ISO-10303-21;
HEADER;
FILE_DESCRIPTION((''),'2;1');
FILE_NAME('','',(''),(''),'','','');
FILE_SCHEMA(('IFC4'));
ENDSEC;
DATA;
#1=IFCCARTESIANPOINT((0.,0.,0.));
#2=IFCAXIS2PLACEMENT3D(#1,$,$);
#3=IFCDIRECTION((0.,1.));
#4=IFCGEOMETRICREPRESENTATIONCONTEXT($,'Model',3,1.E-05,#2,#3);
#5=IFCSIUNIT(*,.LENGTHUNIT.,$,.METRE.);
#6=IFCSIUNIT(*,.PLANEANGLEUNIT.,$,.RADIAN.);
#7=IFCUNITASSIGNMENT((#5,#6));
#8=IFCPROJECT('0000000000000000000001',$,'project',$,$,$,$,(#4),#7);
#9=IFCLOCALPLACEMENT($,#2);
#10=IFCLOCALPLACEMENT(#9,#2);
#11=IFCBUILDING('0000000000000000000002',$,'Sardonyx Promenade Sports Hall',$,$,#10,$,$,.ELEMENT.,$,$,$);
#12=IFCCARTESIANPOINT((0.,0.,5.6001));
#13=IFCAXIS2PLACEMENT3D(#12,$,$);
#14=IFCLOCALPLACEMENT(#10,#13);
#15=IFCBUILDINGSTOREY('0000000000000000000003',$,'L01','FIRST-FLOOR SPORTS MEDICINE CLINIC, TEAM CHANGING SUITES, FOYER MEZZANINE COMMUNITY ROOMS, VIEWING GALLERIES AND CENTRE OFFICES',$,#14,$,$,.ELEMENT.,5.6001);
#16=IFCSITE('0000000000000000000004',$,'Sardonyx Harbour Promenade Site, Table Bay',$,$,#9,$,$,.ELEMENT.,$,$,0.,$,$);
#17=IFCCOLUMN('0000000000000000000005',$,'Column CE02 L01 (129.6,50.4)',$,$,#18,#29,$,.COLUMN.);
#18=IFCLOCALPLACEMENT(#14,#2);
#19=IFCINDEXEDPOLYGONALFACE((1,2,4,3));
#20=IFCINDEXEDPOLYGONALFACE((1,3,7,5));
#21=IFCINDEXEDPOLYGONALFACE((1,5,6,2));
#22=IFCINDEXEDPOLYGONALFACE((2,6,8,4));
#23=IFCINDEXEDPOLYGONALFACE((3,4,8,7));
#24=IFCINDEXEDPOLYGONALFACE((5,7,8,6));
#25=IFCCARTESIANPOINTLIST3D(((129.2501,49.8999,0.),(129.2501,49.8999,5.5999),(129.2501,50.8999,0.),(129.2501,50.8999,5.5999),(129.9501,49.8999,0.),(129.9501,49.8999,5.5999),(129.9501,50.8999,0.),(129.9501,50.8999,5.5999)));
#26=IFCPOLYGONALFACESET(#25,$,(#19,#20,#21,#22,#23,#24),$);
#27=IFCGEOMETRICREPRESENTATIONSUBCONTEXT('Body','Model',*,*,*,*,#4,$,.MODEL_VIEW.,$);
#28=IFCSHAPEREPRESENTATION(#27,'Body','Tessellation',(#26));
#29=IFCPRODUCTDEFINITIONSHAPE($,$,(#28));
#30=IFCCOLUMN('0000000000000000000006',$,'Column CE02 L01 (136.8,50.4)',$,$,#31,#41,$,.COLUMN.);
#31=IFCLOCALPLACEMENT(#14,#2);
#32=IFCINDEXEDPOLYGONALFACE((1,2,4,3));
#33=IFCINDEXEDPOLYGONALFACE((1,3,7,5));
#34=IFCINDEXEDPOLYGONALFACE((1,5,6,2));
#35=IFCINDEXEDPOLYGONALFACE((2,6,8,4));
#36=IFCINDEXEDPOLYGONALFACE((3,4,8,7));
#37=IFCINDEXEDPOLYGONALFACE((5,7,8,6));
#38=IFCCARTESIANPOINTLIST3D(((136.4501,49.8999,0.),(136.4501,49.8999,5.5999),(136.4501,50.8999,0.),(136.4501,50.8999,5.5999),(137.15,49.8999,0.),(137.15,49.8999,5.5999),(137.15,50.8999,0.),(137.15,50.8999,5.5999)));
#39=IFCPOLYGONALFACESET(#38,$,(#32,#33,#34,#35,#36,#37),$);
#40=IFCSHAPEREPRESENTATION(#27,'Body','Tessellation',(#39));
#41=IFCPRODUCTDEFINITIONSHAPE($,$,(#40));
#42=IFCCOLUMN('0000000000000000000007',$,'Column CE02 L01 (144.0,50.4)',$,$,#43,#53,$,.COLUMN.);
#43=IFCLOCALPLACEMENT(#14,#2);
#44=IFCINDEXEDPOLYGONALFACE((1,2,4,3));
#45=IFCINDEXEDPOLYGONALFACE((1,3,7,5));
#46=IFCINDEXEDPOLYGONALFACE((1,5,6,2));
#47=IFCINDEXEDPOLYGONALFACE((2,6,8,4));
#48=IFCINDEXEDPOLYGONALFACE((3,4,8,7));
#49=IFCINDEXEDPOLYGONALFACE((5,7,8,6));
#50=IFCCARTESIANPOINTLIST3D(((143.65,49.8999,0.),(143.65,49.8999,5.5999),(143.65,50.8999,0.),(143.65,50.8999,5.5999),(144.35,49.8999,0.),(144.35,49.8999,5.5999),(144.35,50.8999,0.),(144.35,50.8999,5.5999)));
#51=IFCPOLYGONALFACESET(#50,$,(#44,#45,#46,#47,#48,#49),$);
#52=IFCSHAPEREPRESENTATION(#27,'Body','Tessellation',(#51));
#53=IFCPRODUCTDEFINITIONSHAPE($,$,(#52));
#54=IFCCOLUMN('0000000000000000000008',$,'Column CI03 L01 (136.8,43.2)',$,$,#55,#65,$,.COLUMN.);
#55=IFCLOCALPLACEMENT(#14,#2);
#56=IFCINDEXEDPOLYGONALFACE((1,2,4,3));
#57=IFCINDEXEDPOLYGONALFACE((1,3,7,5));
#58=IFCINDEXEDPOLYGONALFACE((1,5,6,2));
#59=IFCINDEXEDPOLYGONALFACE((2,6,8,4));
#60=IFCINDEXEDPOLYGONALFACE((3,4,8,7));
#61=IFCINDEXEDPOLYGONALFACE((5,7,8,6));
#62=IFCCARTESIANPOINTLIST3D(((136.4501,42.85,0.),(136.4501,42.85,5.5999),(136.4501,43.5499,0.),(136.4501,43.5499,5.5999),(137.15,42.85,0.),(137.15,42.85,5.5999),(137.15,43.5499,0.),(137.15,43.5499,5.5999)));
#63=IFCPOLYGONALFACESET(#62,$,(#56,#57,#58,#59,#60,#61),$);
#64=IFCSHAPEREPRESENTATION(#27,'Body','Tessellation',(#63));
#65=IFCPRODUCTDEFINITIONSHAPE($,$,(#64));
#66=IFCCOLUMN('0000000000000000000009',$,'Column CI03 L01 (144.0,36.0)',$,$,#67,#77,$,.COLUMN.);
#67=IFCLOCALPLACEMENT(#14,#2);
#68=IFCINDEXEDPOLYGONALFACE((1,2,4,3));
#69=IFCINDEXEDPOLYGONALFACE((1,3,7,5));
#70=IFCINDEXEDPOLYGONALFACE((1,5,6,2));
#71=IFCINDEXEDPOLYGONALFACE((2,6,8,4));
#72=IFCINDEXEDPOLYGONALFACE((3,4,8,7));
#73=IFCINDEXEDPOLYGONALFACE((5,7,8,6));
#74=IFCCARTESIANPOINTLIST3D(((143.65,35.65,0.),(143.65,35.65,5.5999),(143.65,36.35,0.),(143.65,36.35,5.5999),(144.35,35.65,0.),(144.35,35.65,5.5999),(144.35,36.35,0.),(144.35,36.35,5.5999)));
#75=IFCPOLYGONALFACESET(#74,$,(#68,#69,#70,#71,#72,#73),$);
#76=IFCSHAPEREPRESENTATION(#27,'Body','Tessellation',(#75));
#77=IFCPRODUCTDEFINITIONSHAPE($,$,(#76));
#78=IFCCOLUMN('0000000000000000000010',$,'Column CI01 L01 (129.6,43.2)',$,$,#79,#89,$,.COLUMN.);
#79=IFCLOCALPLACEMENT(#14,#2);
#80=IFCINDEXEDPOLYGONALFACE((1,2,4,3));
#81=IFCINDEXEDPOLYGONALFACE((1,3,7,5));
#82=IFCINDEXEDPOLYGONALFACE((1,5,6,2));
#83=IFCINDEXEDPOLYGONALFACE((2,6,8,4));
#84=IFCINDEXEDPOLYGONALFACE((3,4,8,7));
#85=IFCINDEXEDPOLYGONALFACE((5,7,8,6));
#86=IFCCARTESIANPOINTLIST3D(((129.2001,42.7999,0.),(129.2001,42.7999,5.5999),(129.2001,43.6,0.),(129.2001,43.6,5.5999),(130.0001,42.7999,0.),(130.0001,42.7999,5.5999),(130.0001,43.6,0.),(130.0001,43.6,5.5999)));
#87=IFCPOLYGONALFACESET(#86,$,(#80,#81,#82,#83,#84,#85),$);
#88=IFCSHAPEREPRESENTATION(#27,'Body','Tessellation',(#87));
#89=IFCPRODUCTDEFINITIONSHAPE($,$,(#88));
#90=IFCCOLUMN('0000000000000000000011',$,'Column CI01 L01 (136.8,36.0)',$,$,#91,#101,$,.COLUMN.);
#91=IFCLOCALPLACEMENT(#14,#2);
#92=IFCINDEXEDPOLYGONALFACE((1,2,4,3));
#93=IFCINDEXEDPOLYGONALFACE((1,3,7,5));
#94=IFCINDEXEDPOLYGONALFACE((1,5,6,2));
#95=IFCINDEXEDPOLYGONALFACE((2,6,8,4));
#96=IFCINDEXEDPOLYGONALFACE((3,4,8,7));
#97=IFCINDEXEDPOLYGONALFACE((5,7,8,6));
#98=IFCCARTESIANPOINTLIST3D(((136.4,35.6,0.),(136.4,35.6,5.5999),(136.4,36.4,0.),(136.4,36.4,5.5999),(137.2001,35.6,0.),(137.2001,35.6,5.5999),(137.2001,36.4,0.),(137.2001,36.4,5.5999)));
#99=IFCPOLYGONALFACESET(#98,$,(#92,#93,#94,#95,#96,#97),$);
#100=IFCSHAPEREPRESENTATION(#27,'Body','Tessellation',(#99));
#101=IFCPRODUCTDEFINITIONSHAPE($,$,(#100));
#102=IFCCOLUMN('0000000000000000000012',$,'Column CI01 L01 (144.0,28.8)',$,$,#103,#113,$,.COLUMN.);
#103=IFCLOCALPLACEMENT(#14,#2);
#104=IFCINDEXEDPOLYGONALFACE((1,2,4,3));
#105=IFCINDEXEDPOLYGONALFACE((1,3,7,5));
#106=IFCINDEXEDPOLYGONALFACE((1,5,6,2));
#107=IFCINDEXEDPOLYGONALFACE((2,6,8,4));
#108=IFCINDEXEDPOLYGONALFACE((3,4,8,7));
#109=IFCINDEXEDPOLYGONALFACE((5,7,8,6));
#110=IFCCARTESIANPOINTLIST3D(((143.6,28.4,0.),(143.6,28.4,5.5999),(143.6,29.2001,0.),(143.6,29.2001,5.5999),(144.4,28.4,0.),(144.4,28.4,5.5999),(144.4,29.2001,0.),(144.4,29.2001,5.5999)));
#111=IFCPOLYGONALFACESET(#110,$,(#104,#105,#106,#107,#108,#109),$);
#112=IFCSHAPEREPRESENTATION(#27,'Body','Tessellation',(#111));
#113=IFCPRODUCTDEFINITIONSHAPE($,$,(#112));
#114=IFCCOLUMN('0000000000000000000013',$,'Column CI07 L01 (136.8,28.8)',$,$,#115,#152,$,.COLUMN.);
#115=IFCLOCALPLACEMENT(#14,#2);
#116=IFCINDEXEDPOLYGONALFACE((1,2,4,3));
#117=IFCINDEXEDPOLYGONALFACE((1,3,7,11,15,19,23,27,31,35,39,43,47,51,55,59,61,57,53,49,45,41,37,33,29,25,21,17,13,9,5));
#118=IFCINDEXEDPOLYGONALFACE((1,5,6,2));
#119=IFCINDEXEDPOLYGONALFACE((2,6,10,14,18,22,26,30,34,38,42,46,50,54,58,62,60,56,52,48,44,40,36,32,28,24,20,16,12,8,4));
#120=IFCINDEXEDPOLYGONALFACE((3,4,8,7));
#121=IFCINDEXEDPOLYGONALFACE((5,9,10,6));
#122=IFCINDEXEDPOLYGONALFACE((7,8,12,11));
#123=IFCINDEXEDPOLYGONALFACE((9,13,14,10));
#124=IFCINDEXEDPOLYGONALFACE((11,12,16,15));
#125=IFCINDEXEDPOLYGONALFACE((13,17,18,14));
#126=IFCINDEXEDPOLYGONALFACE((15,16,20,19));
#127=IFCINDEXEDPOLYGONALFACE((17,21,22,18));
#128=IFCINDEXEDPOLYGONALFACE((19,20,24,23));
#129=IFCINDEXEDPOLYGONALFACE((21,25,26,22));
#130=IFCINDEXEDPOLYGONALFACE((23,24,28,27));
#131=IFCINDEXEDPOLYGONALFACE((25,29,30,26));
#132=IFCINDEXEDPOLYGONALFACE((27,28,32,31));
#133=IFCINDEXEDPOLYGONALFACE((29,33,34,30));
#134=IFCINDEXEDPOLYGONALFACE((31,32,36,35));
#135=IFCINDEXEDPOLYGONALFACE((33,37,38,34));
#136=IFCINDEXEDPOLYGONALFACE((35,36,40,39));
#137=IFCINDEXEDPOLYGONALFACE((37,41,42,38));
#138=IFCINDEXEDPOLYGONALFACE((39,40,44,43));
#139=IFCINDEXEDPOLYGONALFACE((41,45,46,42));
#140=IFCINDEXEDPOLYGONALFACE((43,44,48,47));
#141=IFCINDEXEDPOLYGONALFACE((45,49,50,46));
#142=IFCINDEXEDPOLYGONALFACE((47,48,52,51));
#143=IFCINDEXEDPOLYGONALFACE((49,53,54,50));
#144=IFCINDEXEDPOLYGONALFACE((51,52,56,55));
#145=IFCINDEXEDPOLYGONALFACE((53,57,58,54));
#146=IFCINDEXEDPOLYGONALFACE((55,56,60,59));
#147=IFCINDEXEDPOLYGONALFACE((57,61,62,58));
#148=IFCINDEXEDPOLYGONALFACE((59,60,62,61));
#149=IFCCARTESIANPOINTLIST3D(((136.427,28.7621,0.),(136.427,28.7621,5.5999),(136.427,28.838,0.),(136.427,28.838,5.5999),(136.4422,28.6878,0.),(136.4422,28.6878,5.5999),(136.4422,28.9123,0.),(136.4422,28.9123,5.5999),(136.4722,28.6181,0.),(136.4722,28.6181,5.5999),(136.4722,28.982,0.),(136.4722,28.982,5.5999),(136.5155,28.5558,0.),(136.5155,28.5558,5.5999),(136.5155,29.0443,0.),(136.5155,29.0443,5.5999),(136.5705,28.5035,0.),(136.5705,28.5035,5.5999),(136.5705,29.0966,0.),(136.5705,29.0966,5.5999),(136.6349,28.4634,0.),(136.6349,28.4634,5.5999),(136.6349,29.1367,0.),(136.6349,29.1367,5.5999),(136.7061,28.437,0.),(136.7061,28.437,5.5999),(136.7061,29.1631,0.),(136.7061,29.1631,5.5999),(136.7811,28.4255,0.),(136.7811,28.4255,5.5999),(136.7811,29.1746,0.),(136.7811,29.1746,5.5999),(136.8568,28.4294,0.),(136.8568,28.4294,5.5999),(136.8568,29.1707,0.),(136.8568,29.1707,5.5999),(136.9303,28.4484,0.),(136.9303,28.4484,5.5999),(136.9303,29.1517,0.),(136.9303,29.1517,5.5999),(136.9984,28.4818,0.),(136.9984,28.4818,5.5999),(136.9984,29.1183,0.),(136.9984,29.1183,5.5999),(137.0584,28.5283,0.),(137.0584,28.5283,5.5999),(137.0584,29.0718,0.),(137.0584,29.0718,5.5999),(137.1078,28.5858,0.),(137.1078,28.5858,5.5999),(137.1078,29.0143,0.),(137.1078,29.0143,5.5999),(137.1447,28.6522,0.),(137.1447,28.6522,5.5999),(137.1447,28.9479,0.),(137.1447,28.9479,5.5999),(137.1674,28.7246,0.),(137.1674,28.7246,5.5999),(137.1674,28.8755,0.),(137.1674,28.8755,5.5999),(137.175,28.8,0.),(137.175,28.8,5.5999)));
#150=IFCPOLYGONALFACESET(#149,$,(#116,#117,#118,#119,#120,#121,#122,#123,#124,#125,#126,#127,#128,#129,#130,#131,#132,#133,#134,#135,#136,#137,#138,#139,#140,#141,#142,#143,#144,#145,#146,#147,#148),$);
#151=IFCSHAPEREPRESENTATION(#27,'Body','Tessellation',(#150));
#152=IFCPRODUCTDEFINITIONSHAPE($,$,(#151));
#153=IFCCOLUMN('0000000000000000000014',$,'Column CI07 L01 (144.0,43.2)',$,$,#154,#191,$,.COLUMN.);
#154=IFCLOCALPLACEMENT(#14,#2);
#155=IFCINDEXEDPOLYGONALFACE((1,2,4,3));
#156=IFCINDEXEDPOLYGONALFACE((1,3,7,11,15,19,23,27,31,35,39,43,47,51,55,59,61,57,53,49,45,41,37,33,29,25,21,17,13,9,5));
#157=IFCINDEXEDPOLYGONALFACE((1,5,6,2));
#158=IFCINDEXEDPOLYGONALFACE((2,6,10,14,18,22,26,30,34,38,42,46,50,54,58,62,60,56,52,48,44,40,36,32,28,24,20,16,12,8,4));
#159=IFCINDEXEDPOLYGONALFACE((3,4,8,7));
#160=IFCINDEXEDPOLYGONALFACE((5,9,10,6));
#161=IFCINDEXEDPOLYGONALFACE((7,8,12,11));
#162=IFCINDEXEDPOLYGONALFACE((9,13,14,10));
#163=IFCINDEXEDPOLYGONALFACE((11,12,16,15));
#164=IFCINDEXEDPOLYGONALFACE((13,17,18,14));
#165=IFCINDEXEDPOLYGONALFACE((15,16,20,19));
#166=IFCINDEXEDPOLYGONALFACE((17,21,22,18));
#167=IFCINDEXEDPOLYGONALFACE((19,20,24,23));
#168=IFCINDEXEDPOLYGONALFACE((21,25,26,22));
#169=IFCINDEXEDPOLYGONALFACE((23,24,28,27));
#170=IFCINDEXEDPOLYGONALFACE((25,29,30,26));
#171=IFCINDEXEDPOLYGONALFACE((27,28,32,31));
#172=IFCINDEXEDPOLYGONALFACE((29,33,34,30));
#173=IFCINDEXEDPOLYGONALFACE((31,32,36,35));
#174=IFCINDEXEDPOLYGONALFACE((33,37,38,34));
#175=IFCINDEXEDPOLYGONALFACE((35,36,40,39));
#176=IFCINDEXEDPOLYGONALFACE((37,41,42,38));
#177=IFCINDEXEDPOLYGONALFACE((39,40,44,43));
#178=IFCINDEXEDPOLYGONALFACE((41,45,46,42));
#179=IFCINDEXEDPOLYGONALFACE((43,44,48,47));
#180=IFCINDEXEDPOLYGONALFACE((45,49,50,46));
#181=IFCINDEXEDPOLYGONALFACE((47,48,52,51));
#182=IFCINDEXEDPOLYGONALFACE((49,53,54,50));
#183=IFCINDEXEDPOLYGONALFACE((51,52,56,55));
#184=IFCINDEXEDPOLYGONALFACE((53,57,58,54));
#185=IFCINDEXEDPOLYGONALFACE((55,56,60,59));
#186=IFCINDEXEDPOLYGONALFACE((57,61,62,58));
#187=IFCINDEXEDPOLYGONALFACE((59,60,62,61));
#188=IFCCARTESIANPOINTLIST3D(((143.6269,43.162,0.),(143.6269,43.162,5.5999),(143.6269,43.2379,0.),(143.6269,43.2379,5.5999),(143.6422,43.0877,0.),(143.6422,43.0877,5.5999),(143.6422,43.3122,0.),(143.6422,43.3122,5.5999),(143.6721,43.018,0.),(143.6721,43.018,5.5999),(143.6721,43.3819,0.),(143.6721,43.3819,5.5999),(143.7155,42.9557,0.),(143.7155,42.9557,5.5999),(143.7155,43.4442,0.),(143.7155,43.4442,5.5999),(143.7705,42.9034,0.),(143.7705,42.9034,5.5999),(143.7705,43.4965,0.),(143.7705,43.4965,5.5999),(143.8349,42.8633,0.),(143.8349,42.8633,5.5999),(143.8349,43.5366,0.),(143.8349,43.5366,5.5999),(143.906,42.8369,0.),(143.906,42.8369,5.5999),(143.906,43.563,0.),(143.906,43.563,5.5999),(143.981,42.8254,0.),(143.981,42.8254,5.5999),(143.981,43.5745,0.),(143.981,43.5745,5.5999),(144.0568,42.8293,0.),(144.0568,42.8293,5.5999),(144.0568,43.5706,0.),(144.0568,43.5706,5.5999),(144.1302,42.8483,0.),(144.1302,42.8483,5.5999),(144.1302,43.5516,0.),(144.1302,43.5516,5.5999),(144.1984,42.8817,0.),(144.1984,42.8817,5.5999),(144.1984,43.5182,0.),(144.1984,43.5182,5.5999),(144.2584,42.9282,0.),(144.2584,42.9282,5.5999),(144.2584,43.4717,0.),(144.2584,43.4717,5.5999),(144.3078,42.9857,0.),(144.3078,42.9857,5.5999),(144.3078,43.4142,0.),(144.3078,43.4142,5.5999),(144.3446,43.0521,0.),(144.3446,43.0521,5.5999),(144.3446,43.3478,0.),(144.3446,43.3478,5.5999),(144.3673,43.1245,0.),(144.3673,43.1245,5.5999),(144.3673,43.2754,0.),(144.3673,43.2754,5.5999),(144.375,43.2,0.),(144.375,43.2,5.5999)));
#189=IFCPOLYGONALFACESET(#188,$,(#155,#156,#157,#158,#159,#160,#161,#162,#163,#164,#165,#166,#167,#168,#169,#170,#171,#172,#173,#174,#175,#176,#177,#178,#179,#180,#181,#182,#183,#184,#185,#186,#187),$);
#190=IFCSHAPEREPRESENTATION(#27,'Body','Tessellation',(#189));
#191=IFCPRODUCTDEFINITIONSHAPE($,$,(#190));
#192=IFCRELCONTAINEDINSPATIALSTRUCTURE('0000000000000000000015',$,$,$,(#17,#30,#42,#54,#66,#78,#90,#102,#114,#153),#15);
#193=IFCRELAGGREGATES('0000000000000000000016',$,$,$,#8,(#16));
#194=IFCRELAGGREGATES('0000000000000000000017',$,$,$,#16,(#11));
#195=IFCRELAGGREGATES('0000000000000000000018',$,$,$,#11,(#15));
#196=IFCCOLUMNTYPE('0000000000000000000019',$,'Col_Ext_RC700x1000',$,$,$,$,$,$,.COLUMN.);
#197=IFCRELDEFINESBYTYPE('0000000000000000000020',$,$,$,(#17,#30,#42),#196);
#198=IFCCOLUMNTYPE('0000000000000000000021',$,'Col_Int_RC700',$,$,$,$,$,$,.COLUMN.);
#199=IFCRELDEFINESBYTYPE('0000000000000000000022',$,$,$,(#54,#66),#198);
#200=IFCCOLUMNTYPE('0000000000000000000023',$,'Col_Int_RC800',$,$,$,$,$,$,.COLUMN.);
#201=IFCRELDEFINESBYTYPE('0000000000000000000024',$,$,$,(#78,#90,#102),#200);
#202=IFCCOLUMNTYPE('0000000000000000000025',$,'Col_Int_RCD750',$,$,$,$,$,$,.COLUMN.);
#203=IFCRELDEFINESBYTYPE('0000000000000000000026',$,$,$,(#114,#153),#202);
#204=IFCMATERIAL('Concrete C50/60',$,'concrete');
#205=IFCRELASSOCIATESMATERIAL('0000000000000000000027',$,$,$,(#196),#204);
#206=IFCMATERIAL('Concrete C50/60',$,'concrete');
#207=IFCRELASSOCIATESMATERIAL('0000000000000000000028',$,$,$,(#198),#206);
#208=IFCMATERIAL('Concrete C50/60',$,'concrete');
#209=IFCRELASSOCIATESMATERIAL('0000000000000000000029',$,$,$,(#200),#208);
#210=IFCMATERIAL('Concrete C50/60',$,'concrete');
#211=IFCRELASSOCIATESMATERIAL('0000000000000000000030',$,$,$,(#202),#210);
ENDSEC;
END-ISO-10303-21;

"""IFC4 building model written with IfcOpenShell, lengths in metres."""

from ifc_helpers import new_model, si_unit, direction, frame, origin, origin_2d, place, context, subcontext, project, spatial, rectangle, circle, extrude, material, material_profile, profile_set, type_object, element, save


model = new_model("IFC4")

# Units and contexts
model_context = context("Model", 3, precision=1e-05, world=origin(), true_north=direction((0.0, 1.0)))
body_context = subcontext(model_context, "Body", "Model", "MODEL_VIEW")
ifc_project = project(units=[si_unit("LENGTHUNIT", "METRE"), si_unit("PLANEANGLEUNIT", "RADIAN")], contexts=[model_context])

# Site, building, storey
site_placement = place(None, origin())
site = spatial("IfcSite", under=ifc_project, at=site_placement, Name="Sardonyx Harbour Promenade Site, Table Bay", CompositionType="ELEMENT", RefElevation=0.0)
building_placement = place(site_placement, origin())
building = spatial("IfcBuilding", under=site, at=building_placement, Name="Sardonyx Promenade Sports Hall", CompositionType="ELEMENT")
storey_placement = place(building_placement, frame((0.0, 0.0, 5.6001)))
storey = spatial("IfcBuildingStorey", under=building, at=storey_placement, Name="L01", Description="FIRST-FLOOR SPORTS MEDICINE CLINIC, TEAM CHANGING SUITES, FOYER MEZZANINE COMMUNITY ROOMS, VIEWING GALLERIES AND CENTRE OFFICES", CompositionType="ELEMENT", Elevation=5.6001)

# Columns
ifc_material_1 = material(Name="Concrete C50/60", Category="concrete")
ifc_material_profile_1 = material_profile(ifc_material_1, rectangle(XDim=0.7, YDim=1.0, at=origin_2d()))
ifc_profile_set_1 = profile_set([ifc_material_profile_1], Name="Concrete C50/60")
column_type_1 = type_object("IfcColumnType", Name="Col_Ext_RC700x1000", PredefinedType="COLUMN", material=ifc_profile_set_1)
for number, where, z_axis, x_axis, name in (
    (1, (129.6001, 50.3999, 0.0), (0.0, 0.0, 1.0), (1.0, 0.0, 0.0), "Column CE02 L01 (129.6,50.4)"),
    (2, (136.8, 50.3999, 0.0), (0.0, 0.0, 1.0), (1.0, 0.0, 0.0), "Column CE02 L01 (136.8,50.4)"),
    (3, (144.0, 50.3999, 0.0), (0.0, 0.0, 1.0), (1.0, 0.0, 0.0), "Column CE02 L01 (144.0,50.4)"),
):
    element("IfcColumn", number, at=place(storey_placement, frame(where, z_axis=z_axis, x_axis=x_axis)), inside=storey, type_object=column_type_1, Name=name, PredefinedType="COLUMN", context=body_context, shape_type="SweptSolid", body=[
        extrude(rectangle(XDim=0.7, YDim=1.0, at=origin_2d()), origin(), (0.0, 0.0, 1.0), 5.5999),
    ])
ifc_material_2 = material(Name="Concrete C50/60", Category="concrete")
ifc_material_profile_2 = material_profile(ifc_material_2, rectangle(XDim=0.7, YDim=0.7, at=origin_2d()))
ifc_profile_set_2 = profile_set([ifc_material_profile_2], Name="Concrete C50/60")
column_type_2 = type_object("IfcColumnType", Name="Col_Int_RC700", PredefinedType="COLUMN", material=ifc_profile_set_2)
for number, where, z_axis, x_axis, name in (
    (4, (136.8, 43.2, 0.0), (0.0, 0.0, 1.0), (1.0, 0.0, 0.0), "Column CI03 L01 (136.8,43.2)"),
    (5, (144.0, 36.0, 0.0), (0.0, 0.0, 1.0), (1.0, 0.0, 0.0), "Column CI03 L01 (144.0,36.0)"),
):
    element("IfcColumn", number, at=place(storey_placement, frame(where, z_axis=z_axis, x_axis=x_axis)), inside=storey, type_object=column_type_2, Name=name, PredefinedType="COLUMN", context=body_context, shape_type="SweptSolid", body=[
        extrude(rectangle(XDim=0.7, YDim=0.7, at=origin_2d()), origin(), (0.0, 0.0, 1.0), 5.5999),
    ])
ifc_material_3 = material(Name="Concrete C50/60", Category="concrete")
ifc_material_profile_3 = material_profile(ifc_material_3, rectangle(XDim=0.8, YDim=0.8, at=origin_2d()))
ifc_profile_set_3 = profile_set([ifc_material_profile_3], Name="Concrete C50/60")
column_type_3 = type_object("IfcColumnType", Name="Col_Int_RC800", PredefinedType="COLUMN", material=ifc_profile_set_3)
for number, where, z_axis, x_axis, name in (
    (6, (129.6001, 43.2, 0.0), (0.0, 0.0, 1.0), (1.0, 0.0, 0.0), "Column CI01 L01 (129.6,43.2)"),
    (7, (136.8, 36.0, 0.0), (0.0, 0.0, 1.0), (1.0, 0.0, 0.0), "Column CI01 L01 (136.8,36.0)"),
    (8, (144.0, 28.8, 0.0), (0.0, 0.0, 1.0), (1.0, 0.0, 0.0), "Column CI01 L01 (144.0,28.8)"),
):
    element("IfcColumn", number, at=place(storey_placement, frame(where, z_axis=z_axis, x_axis=x_axis)), inside=storey, type_object=column_type_3, Name=name, PredefinedType="COLUMN", context=body_context, shape_type="SweptSolid", body=[
        extrude(rectangle(XDim=0.8, YDim=0.8, at=origin_2d()), origin(), (0.0, 0.0, 1.0), 5.5999),
    ])
ifc_material_4 = material(Name="Concrete C50/60", Category="concrete")
ifc_material_profile_4 = material_profile(ifc_material_4, circle(Radius=0.375, at=origin_2d()))
ifc_profile_set_4 = profile_set([ifc_material_profile_4], Name="Concrete C50/60")
column_type_4 = type_object("IfcColumnType", Name="Col_Int_RCD750", PredefinedType="COLUMN", material=ifc_profile_set_4)
for number, where, z_axis, x_axis, name in (
    (9, (136.8, 28.8, 0.0), (0.0, 0.0, 1.0), (1.0, 0.0, 0.0), "Column CI07 L01 (136.8,28.8)"),
    (10, (144.0, 43.2, 0.0), (0.0, 0.0, 1.0), (1.0, 0.0, 0.0), "Column CI07 L01 (144.0,43.2)"),
):
    element("IfcColumn", number, at=place(storey_placement, frame(where, z_axis=z_axis, x_axis=x_axis)), inside=storey, type_object=column_type_4, Name=name, PredefinedType="COLUMN", context=body_context, shape_type="SweptSolid", body=[
        extrude(circle(Radius=0.375, at=origin_2d()), origin(), (0.0, 0.0, 1.0), 5.5999),
    ])

save(model, "model.ifc")
